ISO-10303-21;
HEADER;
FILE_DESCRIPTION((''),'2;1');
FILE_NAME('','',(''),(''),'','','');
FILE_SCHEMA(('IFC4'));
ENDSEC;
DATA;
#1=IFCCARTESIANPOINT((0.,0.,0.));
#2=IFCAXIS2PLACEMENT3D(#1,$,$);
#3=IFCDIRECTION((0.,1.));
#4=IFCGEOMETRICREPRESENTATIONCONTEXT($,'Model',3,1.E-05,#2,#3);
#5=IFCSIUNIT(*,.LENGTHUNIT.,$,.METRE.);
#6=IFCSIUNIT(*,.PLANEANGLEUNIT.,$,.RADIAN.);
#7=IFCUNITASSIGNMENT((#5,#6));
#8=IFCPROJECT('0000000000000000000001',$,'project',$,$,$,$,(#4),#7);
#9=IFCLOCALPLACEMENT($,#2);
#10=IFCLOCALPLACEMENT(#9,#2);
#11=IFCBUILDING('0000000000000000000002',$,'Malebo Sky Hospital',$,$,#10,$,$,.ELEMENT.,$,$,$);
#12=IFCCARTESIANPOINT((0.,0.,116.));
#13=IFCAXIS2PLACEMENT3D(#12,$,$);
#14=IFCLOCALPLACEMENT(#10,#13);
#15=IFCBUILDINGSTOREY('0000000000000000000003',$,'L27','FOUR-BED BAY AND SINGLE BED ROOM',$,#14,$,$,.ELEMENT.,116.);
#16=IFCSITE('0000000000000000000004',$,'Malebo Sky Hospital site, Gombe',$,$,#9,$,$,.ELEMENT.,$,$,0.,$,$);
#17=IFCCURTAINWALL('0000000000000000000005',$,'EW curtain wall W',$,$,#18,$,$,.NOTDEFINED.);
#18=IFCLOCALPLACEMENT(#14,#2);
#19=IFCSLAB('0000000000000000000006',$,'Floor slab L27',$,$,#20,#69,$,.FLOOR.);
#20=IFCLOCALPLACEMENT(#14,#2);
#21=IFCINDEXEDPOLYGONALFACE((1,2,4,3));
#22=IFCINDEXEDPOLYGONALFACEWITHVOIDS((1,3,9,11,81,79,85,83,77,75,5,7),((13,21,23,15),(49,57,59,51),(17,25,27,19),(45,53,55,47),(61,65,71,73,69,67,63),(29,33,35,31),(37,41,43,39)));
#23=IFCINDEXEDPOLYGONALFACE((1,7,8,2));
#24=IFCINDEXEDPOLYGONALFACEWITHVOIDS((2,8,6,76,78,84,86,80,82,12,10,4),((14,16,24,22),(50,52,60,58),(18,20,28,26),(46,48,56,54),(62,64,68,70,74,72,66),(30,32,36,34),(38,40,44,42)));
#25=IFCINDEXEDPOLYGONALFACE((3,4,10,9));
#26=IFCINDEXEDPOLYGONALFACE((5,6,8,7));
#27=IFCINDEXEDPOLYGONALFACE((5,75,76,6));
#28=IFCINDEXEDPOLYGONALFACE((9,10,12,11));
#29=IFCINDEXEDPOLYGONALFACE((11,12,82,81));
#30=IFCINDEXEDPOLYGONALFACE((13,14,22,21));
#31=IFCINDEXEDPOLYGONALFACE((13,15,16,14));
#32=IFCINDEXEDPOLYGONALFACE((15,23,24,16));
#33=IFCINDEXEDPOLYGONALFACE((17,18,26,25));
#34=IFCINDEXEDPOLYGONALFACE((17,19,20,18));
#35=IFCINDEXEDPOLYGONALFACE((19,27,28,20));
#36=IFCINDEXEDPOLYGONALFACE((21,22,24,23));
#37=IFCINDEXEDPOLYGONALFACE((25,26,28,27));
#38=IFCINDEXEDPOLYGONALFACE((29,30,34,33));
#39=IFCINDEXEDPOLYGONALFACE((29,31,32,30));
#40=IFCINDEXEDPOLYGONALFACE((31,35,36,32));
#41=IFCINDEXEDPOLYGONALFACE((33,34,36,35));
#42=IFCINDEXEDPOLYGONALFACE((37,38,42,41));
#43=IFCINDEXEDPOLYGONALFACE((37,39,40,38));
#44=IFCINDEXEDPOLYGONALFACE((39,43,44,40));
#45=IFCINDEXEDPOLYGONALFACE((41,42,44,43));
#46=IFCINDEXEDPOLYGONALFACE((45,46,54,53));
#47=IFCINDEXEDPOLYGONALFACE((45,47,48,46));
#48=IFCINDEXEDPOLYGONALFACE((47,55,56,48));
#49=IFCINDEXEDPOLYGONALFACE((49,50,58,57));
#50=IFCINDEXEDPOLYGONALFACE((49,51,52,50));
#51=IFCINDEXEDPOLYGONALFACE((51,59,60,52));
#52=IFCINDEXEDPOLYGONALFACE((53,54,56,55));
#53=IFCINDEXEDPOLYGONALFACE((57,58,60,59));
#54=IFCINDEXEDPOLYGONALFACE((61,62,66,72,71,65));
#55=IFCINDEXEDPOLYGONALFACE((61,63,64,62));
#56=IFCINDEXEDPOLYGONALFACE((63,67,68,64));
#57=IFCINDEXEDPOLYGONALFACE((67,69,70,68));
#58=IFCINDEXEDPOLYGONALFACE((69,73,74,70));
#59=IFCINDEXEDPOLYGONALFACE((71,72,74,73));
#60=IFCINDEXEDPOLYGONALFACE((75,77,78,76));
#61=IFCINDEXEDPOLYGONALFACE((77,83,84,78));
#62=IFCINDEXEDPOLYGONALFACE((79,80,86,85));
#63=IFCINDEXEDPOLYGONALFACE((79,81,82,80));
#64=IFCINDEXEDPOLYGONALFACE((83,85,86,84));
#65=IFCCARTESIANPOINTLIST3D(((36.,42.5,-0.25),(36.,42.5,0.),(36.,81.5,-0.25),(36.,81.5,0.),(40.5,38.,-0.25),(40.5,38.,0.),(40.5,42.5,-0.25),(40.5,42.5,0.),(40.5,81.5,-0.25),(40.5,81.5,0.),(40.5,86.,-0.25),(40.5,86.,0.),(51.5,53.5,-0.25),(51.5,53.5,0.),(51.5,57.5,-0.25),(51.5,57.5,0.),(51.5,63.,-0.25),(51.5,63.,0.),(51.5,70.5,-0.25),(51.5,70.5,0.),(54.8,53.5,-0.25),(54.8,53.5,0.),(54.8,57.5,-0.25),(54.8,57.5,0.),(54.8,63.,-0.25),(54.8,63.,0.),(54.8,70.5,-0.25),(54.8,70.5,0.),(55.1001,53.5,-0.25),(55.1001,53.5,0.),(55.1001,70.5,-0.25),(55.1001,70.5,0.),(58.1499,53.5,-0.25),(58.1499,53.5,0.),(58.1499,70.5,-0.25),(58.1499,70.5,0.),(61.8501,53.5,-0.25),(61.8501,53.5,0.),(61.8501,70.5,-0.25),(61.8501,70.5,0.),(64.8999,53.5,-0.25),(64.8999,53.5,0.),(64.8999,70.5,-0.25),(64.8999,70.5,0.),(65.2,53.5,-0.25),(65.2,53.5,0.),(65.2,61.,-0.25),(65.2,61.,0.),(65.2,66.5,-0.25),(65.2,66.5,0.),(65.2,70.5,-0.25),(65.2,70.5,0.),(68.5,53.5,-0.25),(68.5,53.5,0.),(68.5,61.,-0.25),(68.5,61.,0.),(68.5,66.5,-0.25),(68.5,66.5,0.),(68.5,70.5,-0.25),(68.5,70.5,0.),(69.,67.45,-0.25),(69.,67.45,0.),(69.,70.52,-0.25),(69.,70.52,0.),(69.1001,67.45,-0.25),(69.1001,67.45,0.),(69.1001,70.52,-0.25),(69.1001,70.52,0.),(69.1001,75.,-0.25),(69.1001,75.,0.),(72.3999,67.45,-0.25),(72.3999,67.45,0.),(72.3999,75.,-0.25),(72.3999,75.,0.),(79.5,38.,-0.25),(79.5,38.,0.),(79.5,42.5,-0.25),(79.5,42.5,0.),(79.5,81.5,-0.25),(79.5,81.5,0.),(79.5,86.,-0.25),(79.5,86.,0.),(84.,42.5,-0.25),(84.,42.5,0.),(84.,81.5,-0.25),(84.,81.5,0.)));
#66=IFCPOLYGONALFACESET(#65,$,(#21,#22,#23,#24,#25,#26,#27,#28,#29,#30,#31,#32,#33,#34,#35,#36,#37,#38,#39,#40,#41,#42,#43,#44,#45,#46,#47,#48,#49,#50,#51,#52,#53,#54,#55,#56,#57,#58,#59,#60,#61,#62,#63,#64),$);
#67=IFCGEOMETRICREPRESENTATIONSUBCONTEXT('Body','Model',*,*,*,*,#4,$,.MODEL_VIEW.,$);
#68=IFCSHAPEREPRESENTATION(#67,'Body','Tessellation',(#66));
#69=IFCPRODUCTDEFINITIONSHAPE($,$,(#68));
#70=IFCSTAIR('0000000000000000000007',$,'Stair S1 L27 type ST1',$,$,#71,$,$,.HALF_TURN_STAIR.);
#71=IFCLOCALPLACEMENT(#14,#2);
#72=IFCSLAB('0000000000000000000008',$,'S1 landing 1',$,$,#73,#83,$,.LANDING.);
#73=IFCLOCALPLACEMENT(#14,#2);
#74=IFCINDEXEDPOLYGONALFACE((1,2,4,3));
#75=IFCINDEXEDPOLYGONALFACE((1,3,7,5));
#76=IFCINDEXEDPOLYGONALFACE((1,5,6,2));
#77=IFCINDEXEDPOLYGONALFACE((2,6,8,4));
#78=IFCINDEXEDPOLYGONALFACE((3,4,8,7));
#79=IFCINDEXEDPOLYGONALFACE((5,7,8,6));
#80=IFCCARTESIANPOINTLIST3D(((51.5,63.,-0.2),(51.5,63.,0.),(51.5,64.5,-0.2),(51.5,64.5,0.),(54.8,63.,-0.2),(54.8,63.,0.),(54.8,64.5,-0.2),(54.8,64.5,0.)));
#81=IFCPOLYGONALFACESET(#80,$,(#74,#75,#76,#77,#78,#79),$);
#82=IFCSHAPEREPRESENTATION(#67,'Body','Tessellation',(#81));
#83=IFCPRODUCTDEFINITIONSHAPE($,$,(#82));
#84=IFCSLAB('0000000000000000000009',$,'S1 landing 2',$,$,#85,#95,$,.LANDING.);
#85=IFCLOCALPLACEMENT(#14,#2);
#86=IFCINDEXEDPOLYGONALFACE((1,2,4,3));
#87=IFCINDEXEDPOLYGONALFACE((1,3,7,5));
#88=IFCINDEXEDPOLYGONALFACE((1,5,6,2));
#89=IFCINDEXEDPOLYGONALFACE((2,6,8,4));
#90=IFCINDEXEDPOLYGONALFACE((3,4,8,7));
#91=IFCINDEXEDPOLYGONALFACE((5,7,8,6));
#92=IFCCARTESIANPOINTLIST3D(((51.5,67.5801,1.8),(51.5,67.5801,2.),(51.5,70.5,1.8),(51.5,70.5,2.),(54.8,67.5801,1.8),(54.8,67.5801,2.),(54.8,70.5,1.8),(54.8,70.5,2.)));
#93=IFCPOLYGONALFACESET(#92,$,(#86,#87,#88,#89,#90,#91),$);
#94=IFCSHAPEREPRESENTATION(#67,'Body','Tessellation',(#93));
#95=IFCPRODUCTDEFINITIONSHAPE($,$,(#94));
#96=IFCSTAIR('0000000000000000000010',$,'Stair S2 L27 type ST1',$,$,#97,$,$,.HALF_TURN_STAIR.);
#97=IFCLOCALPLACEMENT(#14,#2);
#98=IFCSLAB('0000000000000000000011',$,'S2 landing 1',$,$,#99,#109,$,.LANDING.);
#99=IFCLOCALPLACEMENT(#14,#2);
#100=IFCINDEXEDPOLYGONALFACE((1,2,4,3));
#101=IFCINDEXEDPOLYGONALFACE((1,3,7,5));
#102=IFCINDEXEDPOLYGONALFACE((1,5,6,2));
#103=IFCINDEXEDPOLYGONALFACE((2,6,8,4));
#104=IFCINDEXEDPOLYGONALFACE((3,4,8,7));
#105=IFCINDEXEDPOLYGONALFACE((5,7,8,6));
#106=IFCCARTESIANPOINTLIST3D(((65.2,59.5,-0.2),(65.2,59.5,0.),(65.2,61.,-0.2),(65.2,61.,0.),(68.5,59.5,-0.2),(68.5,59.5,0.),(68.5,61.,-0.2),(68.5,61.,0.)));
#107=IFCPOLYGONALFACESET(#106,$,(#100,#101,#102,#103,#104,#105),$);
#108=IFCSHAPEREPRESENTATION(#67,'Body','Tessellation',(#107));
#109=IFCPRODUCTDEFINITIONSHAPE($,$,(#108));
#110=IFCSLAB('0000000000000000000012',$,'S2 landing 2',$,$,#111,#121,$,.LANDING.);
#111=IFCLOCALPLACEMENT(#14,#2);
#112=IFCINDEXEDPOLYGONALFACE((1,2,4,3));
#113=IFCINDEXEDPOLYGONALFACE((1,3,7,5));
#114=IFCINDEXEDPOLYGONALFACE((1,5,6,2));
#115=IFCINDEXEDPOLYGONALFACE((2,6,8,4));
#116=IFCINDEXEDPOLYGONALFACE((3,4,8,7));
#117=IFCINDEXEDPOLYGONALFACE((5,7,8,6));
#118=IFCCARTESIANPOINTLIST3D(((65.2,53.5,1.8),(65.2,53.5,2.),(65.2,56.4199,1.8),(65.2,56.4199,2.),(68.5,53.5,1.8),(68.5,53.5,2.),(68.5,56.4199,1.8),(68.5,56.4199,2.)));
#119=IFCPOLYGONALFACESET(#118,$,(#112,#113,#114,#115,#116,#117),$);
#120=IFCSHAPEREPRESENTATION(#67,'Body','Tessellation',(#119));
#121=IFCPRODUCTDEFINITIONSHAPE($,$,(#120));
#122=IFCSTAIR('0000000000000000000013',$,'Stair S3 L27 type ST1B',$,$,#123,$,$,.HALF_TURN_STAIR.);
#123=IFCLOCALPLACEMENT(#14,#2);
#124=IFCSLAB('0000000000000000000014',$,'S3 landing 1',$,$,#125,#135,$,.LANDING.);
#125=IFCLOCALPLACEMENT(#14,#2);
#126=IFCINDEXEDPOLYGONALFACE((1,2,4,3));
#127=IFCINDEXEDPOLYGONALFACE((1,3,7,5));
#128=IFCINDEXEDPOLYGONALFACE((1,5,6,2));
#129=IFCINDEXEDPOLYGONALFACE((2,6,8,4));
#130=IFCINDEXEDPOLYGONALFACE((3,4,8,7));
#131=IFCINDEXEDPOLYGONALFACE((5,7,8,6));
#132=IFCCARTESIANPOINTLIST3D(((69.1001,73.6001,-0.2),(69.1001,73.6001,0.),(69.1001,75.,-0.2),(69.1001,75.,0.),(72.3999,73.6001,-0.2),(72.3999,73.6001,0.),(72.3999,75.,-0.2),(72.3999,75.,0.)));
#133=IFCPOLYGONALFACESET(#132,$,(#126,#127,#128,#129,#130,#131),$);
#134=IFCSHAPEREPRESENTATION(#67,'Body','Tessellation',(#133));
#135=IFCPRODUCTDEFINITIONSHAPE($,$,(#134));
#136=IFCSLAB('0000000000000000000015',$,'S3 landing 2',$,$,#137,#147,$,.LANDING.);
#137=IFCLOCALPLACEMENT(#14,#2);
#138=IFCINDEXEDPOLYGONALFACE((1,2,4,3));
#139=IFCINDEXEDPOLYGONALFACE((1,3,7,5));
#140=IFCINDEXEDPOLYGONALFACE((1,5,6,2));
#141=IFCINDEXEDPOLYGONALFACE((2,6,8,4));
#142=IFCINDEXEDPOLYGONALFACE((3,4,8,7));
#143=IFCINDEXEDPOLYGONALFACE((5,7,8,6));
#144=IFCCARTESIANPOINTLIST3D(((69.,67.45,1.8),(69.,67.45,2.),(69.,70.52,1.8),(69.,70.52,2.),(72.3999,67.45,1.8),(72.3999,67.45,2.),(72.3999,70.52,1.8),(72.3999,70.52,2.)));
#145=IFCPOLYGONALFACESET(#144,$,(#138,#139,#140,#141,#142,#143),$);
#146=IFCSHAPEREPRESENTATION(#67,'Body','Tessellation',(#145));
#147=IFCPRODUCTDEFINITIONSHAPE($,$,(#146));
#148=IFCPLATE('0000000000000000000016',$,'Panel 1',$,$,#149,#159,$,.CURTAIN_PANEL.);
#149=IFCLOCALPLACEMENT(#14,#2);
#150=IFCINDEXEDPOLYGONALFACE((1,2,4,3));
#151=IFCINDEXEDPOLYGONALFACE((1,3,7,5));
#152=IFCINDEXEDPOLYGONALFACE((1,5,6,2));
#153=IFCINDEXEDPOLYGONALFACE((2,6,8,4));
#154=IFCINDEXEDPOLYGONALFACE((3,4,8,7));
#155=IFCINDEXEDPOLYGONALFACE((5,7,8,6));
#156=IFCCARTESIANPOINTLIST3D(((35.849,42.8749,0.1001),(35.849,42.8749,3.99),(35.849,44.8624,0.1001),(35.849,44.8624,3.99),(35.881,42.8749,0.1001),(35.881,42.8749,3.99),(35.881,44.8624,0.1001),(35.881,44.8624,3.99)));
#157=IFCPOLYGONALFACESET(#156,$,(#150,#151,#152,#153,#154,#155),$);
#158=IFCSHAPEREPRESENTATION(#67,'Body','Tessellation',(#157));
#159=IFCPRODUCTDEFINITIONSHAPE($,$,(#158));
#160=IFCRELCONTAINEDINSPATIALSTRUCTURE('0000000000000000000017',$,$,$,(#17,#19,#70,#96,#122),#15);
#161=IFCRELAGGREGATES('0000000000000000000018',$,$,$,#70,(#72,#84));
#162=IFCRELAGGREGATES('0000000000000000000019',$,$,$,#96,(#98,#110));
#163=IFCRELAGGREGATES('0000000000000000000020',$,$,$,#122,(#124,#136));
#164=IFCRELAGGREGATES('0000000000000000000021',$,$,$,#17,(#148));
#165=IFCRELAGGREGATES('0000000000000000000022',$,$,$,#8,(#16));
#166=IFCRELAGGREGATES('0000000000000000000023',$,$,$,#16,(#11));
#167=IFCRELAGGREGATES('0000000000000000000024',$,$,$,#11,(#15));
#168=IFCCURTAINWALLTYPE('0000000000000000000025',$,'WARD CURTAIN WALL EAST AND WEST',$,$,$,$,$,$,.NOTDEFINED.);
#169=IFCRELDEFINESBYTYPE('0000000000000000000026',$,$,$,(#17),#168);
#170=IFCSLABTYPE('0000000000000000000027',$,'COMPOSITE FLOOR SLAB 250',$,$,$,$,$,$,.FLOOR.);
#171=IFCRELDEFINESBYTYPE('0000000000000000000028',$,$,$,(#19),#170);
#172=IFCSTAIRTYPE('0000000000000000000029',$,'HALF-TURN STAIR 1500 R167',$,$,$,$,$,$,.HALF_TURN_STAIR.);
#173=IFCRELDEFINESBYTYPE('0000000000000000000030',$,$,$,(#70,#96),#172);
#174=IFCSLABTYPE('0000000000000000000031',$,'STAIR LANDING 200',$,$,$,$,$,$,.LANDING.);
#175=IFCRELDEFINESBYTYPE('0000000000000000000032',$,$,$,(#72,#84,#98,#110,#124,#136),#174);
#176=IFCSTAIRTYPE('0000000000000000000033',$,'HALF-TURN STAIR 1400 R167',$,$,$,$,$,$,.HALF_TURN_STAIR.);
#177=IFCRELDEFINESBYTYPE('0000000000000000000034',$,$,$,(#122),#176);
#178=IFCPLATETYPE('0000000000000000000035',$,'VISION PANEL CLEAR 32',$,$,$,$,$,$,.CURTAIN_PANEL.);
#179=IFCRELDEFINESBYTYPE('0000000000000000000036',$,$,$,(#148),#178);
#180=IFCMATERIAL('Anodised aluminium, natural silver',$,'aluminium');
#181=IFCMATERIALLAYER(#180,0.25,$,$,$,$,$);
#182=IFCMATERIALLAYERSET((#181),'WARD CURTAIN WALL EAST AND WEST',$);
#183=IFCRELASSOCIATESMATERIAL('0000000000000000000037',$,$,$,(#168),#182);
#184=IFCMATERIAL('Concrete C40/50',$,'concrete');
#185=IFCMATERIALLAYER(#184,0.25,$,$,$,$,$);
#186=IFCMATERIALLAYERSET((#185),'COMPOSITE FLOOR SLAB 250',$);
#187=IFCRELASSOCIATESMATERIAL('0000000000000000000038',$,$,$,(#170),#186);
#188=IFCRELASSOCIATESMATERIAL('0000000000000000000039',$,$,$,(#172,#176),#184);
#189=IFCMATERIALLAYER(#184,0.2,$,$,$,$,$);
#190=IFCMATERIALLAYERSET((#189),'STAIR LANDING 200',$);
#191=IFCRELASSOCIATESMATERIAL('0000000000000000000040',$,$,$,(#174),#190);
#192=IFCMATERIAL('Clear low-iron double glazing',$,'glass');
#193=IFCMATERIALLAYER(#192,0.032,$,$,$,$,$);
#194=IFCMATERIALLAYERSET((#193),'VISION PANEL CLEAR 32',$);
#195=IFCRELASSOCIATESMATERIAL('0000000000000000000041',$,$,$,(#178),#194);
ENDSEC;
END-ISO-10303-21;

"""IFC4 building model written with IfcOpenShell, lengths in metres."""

from ifc_helpers import new_model, si_unit, direction, frame, origin, origin_2d, place, context, subcontext, project, spatial, polyline, rectangle, outline, extrude, material, layer, layer_set, type_object, element, aggregate, save


model = new_model("IFC4")

# Units and contexts
model_context = context("Model", 3, precision=1e-05, world=origin(), true_north=direction((0.0, 1.0)))
body_context = subcontext(model_context, "Body", "Model", "MODEL_VIEW")
ifc_project = project(units=[si_unit("LENGTHUNIT", "METRE"), si_unit("PLANEANGLEUNIT", "RADIAN")], contexts=[model_context])

# Site, building, storey
site_placement = place(None, origin())
site = spatial("IfcSite", under=ifc_project, at=site_placement, Name="Malebo Sky Hospital site, Gombe", CompositionType="ELEMENT", RefElevation=0.0)
building_placement = place(site_placement, origin())
building = spatial("IfcBuilding", under=site, at=building_placement, Name="Malebo Sky Hospital", CompositionType="ELEMENT")
storey_placement = place(building_placement, frame((0.0, 0.0, 116.0)))
storey = spatial("IfcBuildingStorey", under=building, at=storey_placement, Name="L27", Description="FOUR-BED BAY AND SINGLE BED ROOM", CompositionType="ELEMENT", Elevation=116.0)

# Curtain wall
ifc_material_1 = material(Name="Anodised aluminium, natural silver", Category="aluminium")
ifc_layer_1 = layer(ifc_material_1, 0.25)
ifc_layer_set_1 = layer_set([ifc_layer_1], Name="WARD CURTAIN WALL EAST AND WEST")
curtain_wall_type = type_object("IfcCurtainWallType", Name="WARD CURTAIN WALL EAST AND WEST", PredefinedType="NOTDEFINED", material=ifc_layer_set_1)
curtain_wall_placement = place(storey_placement, origin())
curtain_wall = element("IfcCurtainWall", 1, at=curtain_wall_placement, inside=storey, type_object=curtain_wall_type, Name="EW curtain wall W", PredefinedType="NOTDEFINED")

# Slab
ifc_material_2 = material(Name="Concrete C40/50", Category="concrete")
ifc_layer_2 = layer(ifc_material_2, 0.25)
ifc_layer_set_2 = layer_set([ifc_layer_2], Name="COMPOSITE FLOOR SLAB 250")
slab_type_1 = type_object("IfcSlabType", Name="COMPOSITE FLOOR SLAB 250", PredefinedType="FLOOR", material=ifc_layer_set_2)
slab_1_placement = place(storey_placement, frame((0.0, 0.0, -0.25)))
element("IfcSlab", 2, at=slab_1_placement, inside=storey, type_object=slab_type_1, Name="Floor slab L27", PredefinedType="FLOOR", context=body_context, shape_type="SweptSolid", body=[
    extrude(outline(polyline([(40.5, 86.0), (40.5, 81.5), (36.0, 81.5), (36.0, 42.5), (40.5, 42.5), (40.5, 38.0), (79.5, 38.0), (79.5, 42.5), (84.0, 42.5), (84.0, 81.5), (79.5, 81.5), (79.5, 86.0), (40.5, 86.0)]), holes=[polyline([(55.1001, 70.5), (58.1499, 70.5), (58.1499, 53.5), (55.1001, 53.5), (55.1001, 70.5)]), polyline([(64.8999, 70.5), (64.8999, 53.5), (61.8501, 53.5), (61.8501, 70.5), (64.8999, 70.5)]), polyline([(54.8, 63.0), (51.5, 63.0), (51.5, 70.5), (54.8, 70.5), (54.8, 63.0)]), polyline([(51.5, 53.5), (51.5, 57.5), (54.8, 57.5), (54.8, 53.5), (51.5, 53.5)]), polyline([(65.2, 61.0), (68.5, 61.0), (68.5, 53.5), (65.2, 53.5), (65.2, 61.0)]), polyline([(68.5, 70.5), (68.5, 66.5), (65.2, 66.5), (65.2, 70.5), (68.5, 70.5)]), polyline([(69.0, 67.45), (69.0, 70.52), (69.1001, 70.52), (69.1001, 75.0), (72.3999, 75.0), (72.3999, 67.45), (69.1001, 67.45), (69.0, 67.45)])]), origin(), (0.0, 0.0, 1.0), 0.25),
])

# Stairs, slabs
stair_type_1 = type_object("IfcStairType", Name="HALF-TURN STAIR 1500 R167", PredefinedType="HALF_TURN_STAIR", material=ifc_material_2)
stair_1_placement = place(storey_placement, origin())
stair_1 = element("IfcStair", 3, at=stair_1_placement, inside=storey, type_object=stair_type_1, Name="Stair S1 L27 type ST1", PredefinedType="HALF_TURN_STAIR")
ifc_layer_3 = layer(ifc_material_2, 0.2)
ifc_layer_set_3 = layer_set([ifc_layer_3], Name="STAIR LANDING 200")
slab_type_2 = type_object("IfcSlabType", Name="STAIR LANDING 200", PredefinedType="LANDING", material=ifc_layer_set_3)
slab_2_placement = place(storey_placement, frame((0.0, 0.0, -0.2)))
slab_2 = element("IfcSlab", 4, at=slab_2_placement, type_object=slab_type_2, Name="S1 landing 1", PredefinedType="LANDING", context=body_context, shape_type="SweptSolid", body=[
    extrude(outline(polyline([(51.5, 63.0), (54.8, 63.0), (54.8, 64.5), (51.5, 64.5), (51.5, 63.0)])), origin(), (0.0, 0.0, 1.0), 0.2),
])
slab_3_placement = place(storey_placement, frame((0.0, 0.0, 1.8)))
slab_3 = element("IfcSlab", 5, at=slab_3_placement, type_object=slab_type_2, Name="S1 landing 2", PredefinedType="LANDING", context=body_context, shape_type="SweptSolid", body=[
    extrude(outline(polyline([(51.5, 67.5801), (54.8, 67.5801), (54.8, 70.5), (51.5, 70.5), (51.5, 67.5801)])), origin(), (0.0, 0.0, 1.0), 0.2),
])
aggregate(stair_1, [slab_2, slab_3])
stair_2_placement = place(storey_placement, origin())
stair_2 = element("IfcStair", 6, at=stair_2_placement, inside=storey, type_object=stair_type_1, Name="Stair S2 L27 type ST1", PredefinedType="HALF_TURN_STAIR")
slab_4_placement = place(storey_placement, frame((0.0, 0.0, -0.2)))
slab_4 = element("IfcSlab", 7, at=slab_4_placement, type_object=slab_type_2, Name="S2 landing 1", PredefinedType="LANDING", context=body_context, shape_type="SweptSolid", body=[
    extrude(outline(polyline([(65.2, 59.5), (68.5, 59.5), (68.5, 61.0), (65.2, 61.0), (65.2, 59.5)])), origin(), (0.0, 0.0, 1.0), 0.2),
])
slab_5_placement = place(storey_placement, frame((0.0, 0.0, 1.8)))
slab_5 = element("IfcSlab", 8, at=slab_5_placement, type_object=slab_type_2, Name="S2 landing 2", PredefinedType="LANDING", context=body_context, shape_type="SweptSolid", body=[
    extrude(outline(polyline([(65.2, 53.5), (68.5, 53.5), (68.5, 56.4199), (65.2, 56.4199), (65.2, 53.5)])), origin(), (0.0, 0.0, 1.0), 0.2),
])
aggregate(stair_2, [slab_4, slab_5])
stair_type_2 = type_object("IfcStairType", Name="HALF-TURN STAIR 1400 R167", PredefinedType="HALF_TURN_STAIR", material=ifc_material_2)
stair_3_placement = place(storey_placement, origin())
stair_3 = element("IfcStair", 9, at=stair_3_placement, inside=storey, type_object=stair_type_2, Name="Stair S3 L27 type ST1B", PredefinedType="HALF_TURN_STAIR")
slab_6_placement = place(storey_placement, frame((0.0, 0.0, -0.2)))
slab_6 = element("IfcSlab", 10, at=slab_6_placement, type_object=slab_type_2, Name="S3 landing 1", PredefinedType="LANDING", context=body_context, shape_type="SweptSolid", body=[
    extrude(outline(polyline([(69.1001, 73.6001), (72.3999, 73.6001), (72.3999, 75.0), (69.1001, 75.0), (69.1001, 73.6001)])), origin(), (0.0, 0.0, 1.0), 0.2),
])
slab_7_placement = place(storey_placement, frame((0.0, 0.0, 1.8)))
slab_7 = element("IfcSlab", 11, at=slab_7_placement, type_object=slab_type_2, Name="S3 landing 2", PredefinedType="LANDING", context=body_context, shape_type="SweptSolid", body=[
    extrude(outline(polyline([(69.0, 67.45), (72.3999, 67.45), (72.3999, 70.52), (69.0, 70.52), (69.0, 67.45)])), origin(), (0.0, 0.0, 1.0), 0.2),
])
aggregate(stair_3, [slab_6, slab_7])

# Plate
ifc_material_3 = material(Name="Clear low-iron double glazing", Category="glass")
ifc_layer_4 = layer(ifc_material_3, 0.032)
ifc_layer_set_4 = layer_set([ifc_layer_4], Name="VISION PANEL CLEAR 32")
plate_type = type_object("IfcPlateType", Name="VISION PANEL CLEAR 32", PredefinedType="CURTAIN_PANEL", material=ifc_layer_set_4)
plate_placement = place(storey_placement, frame((35.865, 43.8687, 0.1001), z_axis=(0.0, 0.0, 1.0), x_axis=(0.0, 1.0, 0.0)))
plate = element("IfcPlate", 12, at=plate_placement, type_object=plate_type, Name="Panel 1", PredefinedType="CURTAIN_PANEL", context=body_context, shape_type="SweptSolid", body=[
    extrude(rectangle(XDim=1.9875, YDim=0.032, at=origin_2d()), origin(), (0.0, 0.0, 1.0), 3.8899),
])
aggregate(curtain_wall, [plate])

save(model, "model.ifc")
